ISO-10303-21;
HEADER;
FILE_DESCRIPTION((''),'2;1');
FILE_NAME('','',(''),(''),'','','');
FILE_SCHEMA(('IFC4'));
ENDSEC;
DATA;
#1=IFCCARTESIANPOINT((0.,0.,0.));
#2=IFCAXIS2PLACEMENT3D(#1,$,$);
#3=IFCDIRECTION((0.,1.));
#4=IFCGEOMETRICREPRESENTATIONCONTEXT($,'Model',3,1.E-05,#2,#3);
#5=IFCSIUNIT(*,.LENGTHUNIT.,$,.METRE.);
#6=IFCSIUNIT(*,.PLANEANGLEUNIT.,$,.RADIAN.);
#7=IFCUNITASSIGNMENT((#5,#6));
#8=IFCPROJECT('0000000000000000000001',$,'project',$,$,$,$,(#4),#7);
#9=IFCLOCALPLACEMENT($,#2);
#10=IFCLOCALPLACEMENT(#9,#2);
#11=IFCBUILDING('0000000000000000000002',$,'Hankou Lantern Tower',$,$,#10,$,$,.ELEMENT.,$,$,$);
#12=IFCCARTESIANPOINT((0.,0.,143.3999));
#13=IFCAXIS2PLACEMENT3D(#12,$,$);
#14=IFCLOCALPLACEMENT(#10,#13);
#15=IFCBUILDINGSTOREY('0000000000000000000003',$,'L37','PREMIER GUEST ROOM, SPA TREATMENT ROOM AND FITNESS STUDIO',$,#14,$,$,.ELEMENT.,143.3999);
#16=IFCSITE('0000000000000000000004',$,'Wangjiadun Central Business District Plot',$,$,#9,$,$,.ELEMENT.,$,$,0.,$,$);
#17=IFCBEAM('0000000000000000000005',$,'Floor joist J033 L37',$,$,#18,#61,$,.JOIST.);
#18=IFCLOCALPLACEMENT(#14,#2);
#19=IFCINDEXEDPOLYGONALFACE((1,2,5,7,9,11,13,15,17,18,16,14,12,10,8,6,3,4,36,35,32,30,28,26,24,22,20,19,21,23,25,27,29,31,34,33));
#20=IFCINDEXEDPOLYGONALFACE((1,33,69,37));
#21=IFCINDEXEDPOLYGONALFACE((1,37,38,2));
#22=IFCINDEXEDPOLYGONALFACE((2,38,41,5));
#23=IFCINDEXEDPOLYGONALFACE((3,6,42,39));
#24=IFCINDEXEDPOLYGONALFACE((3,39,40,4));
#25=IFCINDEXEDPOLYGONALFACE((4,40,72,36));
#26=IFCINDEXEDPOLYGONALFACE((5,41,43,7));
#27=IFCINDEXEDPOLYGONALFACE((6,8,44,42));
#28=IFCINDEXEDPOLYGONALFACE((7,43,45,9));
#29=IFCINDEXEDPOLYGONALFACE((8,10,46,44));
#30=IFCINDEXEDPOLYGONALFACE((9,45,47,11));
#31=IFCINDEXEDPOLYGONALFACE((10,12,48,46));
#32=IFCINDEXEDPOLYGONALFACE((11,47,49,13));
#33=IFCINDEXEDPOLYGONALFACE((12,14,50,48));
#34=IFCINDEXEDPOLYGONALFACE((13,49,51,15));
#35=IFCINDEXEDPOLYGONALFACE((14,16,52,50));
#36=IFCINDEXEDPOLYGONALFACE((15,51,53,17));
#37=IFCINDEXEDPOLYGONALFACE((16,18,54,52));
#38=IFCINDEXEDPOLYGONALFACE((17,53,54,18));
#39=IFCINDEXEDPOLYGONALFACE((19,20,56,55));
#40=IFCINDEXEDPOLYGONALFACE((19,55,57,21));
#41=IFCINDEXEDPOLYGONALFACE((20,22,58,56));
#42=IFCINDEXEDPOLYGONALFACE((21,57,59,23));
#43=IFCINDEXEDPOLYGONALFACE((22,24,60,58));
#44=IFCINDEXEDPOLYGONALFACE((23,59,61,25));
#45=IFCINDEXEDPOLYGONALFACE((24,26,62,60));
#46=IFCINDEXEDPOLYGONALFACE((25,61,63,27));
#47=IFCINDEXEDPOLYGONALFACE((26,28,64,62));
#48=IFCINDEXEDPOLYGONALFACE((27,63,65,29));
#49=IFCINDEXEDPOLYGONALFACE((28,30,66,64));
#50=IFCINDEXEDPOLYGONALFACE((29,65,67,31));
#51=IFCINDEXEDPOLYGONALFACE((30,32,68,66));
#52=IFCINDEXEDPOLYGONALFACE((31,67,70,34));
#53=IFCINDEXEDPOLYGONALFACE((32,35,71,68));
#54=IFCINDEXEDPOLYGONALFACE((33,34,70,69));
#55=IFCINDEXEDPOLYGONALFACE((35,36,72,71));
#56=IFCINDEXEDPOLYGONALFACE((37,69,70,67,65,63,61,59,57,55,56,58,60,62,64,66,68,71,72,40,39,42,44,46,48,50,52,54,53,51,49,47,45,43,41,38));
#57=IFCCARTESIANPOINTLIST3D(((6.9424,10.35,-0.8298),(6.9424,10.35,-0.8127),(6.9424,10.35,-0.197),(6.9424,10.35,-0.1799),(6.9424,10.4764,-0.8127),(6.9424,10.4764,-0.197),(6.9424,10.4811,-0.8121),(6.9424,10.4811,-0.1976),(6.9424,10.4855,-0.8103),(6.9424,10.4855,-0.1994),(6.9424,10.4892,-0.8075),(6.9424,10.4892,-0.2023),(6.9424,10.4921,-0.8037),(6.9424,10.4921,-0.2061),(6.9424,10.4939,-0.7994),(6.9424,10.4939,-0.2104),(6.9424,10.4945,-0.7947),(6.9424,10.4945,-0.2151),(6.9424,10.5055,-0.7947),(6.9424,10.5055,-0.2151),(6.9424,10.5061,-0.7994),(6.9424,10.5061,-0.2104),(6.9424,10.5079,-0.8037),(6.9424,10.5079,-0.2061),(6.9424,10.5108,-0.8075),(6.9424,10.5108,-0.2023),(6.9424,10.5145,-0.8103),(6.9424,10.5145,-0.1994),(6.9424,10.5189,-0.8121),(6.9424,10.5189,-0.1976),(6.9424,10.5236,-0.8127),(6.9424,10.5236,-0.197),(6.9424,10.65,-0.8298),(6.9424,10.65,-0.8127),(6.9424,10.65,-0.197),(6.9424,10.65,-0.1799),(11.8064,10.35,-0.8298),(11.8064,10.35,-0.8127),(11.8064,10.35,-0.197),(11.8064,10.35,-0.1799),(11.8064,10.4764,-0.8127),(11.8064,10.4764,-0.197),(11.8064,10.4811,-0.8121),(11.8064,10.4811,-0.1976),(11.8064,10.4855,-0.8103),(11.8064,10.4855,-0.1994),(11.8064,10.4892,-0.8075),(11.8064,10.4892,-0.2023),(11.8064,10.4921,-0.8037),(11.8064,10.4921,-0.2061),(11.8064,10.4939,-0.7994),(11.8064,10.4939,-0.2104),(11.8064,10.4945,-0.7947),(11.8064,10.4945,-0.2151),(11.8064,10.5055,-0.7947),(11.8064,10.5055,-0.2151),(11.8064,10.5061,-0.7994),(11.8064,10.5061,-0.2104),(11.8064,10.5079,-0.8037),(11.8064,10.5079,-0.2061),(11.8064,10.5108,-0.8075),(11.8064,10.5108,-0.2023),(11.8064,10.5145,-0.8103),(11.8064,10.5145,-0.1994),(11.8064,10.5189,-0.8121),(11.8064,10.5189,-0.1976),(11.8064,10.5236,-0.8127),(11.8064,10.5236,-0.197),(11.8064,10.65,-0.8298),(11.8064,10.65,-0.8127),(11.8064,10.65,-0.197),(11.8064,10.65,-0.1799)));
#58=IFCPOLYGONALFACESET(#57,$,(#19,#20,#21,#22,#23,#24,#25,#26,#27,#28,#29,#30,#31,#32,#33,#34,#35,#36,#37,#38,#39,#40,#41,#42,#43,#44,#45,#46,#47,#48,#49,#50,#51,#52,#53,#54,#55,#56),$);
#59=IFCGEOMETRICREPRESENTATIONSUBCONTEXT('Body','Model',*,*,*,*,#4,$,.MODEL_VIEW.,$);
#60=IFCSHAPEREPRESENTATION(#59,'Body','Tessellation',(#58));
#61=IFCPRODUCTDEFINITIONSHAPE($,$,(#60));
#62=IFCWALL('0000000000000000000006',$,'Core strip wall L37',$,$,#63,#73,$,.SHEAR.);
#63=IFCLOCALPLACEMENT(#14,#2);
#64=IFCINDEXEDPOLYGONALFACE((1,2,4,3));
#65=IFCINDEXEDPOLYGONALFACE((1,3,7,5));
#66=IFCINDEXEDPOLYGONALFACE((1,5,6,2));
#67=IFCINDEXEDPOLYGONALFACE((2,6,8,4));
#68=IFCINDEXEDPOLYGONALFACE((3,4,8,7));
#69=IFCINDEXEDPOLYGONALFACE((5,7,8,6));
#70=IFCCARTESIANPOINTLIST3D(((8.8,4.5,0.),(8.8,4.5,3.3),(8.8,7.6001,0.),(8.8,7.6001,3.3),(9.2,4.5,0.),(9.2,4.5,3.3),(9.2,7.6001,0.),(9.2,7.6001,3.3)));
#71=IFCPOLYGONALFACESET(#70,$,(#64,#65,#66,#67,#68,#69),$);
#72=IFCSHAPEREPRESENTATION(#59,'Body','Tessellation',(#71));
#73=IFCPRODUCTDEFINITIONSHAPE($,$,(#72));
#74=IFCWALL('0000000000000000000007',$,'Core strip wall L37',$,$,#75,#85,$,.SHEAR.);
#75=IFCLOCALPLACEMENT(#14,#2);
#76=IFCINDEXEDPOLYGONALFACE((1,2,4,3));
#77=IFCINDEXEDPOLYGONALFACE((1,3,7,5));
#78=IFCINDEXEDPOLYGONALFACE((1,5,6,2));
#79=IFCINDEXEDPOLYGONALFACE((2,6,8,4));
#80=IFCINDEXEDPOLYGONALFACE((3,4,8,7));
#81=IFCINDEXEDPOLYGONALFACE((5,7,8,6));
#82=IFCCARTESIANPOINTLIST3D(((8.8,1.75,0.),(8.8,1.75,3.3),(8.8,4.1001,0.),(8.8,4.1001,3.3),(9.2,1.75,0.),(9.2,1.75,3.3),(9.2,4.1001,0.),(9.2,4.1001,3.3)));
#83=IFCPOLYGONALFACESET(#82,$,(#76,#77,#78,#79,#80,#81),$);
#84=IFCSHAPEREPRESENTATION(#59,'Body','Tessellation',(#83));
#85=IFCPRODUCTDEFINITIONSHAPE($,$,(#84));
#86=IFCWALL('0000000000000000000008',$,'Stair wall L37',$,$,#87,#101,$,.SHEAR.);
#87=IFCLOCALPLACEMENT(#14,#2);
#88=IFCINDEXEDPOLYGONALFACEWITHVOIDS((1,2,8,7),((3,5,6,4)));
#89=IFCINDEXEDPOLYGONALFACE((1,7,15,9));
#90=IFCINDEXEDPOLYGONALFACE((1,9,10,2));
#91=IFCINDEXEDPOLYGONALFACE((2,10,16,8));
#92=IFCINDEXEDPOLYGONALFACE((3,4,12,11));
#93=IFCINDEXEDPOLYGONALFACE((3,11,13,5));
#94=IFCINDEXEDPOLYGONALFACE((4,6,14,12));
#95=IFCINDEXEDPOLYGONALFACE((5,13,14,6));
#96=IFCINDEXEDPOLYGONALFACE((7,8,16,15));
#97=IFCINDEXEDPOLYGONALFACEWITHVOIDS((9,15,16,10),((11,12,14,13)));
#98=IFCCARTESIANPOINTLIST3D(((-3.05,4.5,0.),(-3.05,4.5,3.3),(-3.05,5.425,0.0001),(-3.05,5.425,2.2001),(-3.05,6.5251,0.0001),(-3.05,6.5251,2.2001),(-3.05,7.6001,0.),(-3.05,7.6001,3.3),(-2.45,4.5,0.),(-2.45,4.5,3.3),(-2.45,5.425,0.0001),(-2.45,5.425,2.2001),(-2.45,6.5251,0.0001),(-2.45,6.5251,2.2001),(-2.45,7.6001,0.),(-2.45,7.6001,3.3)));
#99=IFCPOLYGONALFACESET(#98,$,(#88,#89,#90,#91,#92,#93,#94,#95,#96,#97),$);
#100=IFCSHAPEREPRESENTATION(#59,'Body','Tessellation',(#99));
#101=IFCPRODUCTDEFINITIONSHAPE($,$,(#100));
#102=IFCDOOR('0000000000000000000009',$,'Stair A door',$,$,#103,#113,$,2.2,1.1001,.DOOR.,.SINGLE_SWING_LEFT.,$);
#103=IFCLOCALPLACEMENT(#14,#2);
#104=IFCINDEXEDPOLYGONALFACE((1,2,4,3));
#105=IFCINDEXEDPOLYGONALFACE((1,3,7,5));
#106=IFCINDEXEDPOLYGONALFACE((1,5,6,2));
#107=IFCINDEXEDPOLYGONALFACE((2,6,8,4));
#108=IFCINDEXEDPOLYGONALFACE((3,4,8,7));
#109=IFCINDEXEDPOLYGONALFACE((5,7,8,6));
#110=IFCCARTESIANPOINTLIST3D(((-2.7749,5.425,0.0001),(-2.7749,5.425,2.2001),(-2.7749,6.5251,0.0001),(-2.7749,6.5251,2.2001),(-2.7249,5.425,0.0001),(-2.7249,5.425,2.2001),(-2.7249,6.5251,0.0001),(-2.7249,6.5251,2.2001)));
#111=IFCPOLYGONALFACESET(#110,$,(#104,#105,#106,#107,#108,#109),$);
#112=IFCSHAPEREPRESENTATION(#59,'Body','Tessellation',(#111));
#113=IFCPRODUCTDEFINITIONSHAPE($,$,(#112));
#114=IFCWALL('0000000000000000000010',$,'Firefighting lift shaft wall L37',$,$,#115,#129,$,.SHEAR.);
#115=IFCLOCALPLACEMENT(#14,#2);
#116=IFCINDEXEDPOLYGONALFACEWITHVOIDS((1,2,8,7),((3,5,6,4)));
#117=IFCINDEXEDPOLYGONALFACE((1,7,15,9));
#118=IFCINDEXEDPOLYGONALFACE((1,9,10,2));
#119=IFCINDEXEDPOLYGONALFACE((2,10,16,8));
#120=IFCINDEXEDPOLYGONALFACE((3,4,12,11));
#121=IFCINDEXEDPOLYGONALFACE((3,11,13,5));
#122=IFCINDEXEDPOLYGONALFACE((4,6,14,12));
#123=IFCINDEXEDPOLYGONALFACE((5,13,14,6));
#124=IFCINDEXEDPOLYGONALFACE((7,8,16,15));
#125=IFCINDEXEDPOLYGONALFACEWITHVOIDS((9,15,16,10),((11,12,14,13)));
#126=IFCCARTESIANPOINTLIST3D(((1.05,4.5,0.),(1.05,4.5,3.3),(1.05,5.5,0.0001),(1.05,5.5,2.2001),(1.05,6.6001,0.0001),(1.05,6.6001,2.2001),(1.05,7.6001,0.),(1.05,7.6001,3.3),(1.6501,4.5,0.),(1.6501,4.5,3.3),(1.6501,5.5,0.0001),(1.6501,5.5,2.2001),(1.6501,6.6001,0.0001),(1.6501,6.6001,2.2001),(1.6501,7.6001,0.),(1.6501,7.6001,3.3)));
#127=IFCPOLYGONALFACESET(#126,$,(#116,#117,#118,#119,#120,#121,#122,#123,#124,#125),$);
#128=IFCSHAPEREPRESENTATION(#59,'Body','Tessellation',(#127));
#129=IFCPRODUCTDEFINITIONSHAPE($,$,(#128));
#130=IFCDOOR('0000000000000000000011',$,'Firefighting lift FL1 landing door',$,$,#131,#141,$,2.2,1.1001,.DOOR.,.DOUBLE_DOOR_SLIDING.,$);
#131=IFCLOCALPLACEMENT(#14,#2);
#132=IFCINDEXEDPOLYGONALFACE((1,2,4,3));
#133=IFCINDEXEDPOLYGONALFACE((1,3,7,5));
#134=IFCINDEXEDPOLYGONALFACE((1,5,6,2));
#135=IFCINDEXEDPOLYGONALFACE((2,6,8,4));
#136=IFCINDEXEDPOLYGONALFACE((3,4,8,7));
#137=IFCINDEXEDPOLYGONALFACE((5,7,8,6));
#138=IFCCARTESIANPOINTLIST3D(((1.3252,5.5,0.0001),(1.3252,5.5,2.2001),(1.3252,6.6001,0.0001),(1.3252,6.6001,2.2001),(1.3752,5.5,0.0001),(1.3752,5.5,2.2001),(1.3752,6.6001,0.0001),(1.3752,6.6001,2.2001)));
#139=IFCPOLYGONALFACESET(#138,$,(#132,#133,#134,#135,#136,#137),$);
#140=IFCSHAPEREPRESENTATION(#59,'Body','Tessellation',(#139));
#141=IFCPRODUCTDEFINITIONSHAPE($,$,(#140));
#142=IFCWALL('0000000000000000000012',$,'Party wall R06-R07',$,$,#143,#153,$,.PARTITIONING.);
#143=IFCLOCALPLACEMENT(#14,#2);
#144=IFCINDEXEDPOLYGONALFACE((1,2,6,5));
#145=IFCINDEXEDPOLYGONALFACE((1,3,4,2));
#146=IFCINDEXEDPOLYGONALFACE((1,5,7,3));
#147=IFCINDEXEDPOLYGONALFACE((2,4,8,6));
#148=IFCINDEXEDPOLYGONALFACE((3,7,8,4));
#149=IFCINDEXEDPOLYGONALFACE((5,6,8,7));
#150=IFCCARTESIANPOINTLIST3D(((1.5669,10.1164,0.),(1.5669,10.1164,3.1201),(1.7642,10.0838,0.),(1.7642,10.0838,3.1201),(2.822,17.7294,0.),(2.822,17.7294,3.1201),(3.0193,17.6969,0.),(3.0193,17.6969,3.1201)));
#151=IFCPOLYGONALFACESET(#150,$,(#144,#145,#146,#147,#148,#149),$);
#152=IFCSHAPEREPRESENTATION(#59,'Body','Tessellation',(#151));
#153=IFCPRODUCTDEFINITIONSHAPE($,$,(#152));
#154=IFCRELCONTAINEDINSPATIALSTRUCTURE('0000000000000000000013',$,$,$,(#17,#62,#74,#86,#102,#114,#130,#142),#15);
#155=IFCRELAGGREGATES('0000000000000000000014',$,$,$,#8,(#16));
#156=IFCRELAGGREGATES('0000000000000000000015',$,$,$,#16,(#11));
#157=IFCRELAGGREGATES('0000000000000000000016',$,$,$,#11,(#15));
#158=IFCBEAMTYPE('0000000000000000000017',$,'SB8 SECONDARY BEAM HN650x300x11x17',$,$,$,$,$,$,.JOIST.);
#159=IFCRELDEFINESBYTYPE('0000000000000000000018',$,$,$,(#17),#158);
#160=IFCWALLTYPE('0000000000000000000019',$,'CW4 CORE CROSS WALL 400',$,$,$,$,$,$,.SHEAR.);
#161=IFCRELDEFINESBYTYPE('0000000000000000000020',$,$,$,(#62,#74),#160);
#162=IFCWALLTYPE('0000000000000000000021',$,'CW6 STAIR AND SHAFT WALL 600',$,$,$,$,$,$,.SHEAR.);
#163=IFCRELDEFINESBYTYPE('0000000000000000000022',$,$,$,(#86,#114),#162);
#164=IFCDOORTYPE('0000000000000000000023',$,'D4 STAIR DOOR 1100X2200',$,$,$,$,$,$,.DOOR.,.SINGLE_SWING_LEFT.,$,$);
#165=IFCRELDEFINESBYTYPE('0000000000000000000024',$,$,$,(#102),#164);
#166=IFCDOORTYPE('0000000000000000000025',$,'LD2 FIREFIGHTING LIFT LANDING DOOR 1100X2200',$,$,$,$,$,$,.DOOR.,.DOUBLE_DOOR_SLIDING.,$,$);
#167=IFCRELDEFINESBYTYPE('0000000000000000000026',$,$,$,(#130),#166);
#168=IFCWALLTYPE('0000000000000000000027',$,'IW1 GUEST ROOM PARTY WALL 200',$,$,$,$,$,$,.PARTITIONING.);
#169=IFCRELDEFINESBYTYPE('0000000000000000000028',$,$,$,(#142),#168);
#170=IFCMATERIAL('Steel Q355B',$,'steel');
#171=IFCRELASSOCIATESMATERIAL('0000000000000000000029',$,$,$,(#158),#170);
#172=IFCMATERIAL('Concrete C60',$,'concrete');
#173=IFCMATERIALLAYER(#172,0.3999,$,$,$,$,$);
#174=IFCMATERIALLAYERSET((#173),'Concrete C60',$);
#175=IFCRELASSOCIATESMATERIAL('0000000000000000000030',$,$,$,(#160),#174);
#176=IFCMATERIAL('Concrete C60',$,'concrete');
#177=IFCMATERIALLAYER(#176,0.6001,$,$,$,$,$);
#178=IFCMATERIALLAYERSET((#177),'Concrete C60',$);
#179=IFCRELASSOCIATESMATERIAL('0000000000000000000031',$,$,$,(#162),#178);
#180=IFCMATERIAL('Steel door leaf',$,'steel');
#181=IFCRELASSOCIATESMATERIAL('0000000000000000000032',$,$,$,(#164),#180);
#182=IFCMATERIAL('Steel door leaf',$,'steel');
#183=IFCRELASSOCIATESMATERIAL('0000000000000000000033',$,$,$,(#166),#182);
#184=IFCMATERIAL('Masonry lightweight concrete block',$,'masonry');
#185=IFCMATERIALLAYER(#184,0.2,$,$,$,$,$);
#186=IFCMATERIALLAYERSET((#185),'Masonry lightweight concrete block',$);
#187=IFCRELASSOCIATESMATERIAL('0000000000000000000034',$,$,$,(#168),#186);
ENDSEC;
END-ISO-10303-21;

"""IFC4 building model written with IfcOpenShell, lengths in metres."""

from ifc_helpers import new_model, si_unit, direction, frame, frame_2d, origin, origin_2d, place, context, subcontext, project, spatial, rectangle, i_section, extrude, material, layer, layer_set, material_profile, profile_set, type_object, element, fill, save


model = new_model("IFC4")

# Units and contexts
model_context = context("Model", 3, precision=1e-05, world=origin(), true_north=direction((0.0, 1.0)))
body_context = subcontext(model_context, "Body", "Model", "MODEL_VIEW")
ifc_project = project(units=[si_unit("LENGTHUNIT", "METRE"), si_unit("PLANEANGLEUNIT", "RADIAN")], contexts=[model_context])

# Site, building, storey
site_placement = place(None, origin())
site = spatial("IfcSite", under=ifc_project, at=site_placement, Name="Wangjiadun Central Business District Plot", CompositionType="ELEMENT", RefElevation=0.0)
building_placement = place(site_placement, origin())
building = spatial("IfcBuilding", under=site, at=building_placement, Name="Hankou Lantern Tower", CompositionType="ELEMENT")
storey_placement = place(building_placement, frame((0.0, 0.0, 143.3999)))
storey = spatial("IfcBuildingStorey", under=building, at=storey_placement, Name="L37", Description="PREMIER GUEST ROOM, SPA TREATMENT ROOM AND FITNESS STUDIO", CompositionType="ELEMENT", Elevation=143.3999)

# Beam
ifc_material_1 = material(Name="Steel Q355B", Category="steel")
ifc_material_profile_1 = material_profile(ifc_material_1, i_section(OverallWidth=0.3, OverallDepth=0.6499, WebThickness=0.011, FlangeThickness=0.0171, FilletRadius=0.0181, at=origin_2d()), Name="HN650x300x11x17")
ifc_profile_set_1 = profile_set([ifc_material_profile_1], Name="Steel Q355B")
beam_type_1 = type_object("IfcBeamType", Name="SB8 SECONDARY BEAM HN650x300x11x17", PredefinedType="JOIST", material=ifc_profile_set_1)
beam_1_placement = place(storey_placement, frame((6.9424, 10.5, -0.5049), z_axis=(1.0, 0.0, 0.0), x_axis=(0.0, 1.0, 0.0)))
element("IfcBeam", 1, at=beam_1_placement, inside=storey, type_object=beam_type_1, Name="Floor joist J033 L37", PredefinedType="JOIST", context=body_context, shape_type="SweptSolid", body=[
    extrude(i_section(OverallWidth=0.3, OverallDepth=0.6499, WebThickness=0.011, FlangeThickness=0.0171, FilletRadius=0.0181, at=origin_2d()), origin(), (0.0, 0.0, 1.0), 4.864),
])

# Walls
ifc_material_2 = material(Name="Concrete C60", Category="concrete")
ifc_layer_1 = layer(ifc_material_2, 0.3999)
ifc_layer_set_1 = layer_set([ifc_layer_1], Name="Concrete C60")
wall_type_1 = type_object("IfcWallType", Name="CW4 CORE CROSS WALL 400", PredefinedType="SHEAR", material=ifc_layer_set_1)
wall_1_placement = place(storey_placement, frame((9.0, 4.5, 0.0), z_axis=(0.0, 0.0, 1.0), x_axis=(0.0, 1.0, 0.0)))
element("IfcWall", 2, at=wall_1_placement, inside=storey, type_object=wall_type_1, Name="Core strip wall L37", PredefinedType="SHEAR", context=body_context, shape_type="SweptSolid", body=[
    extrude(rectangle(XDim=3.1001, YDim=0.3999, at=frame_2d((1.55, 0.0))), origin(), (0.0, 0.0, 1.0), 3.3),
])
wall_2_placement = place(storey_placement, frame((9.0, 1.75, 0.0), z_axis=(0.0, 0.0, 1.0), x_axis=(0.0, 1.0, 0.0)))
element("IfcWall", 3, at=wall_2_placement, inside=storey, type_object=wall_type_1, Name="Core strip wall L37", PredefinedType="SHEAR", context=body_context, shape_type="SweptSolid", body=[
    extrude(rectangle(XDim=2.3501, YDim=0.3999, at=frame_2d((1.175, 0.0))), origin(), (0.0, 0.0, 1.0), 3.3),
])

# Walls, openings, doors
ifc_material_3 = material(Name="Concrete C60", Category="concrete")
ifc_layer_2 = layer(ifc_material_3, 0.6001)
ifc_layer_set_2 = layer_set([ifc_layer_2], Name="Concrete C60")
wall_type_2 = type_object("IfcWallType", Name="CW6 STAIR AND SHAFT WALL 600", PredefinedType="SHEAR", material=ifc_layer_set_2)
wall_3_placement = place(storey_placement, frame((-2.75, 4.5, 0.0), z_axis=(0.0, 0.0, 1.0), x_axis=(0.0, 1.0, 0.0)))
wall_3 = element("IfcWall", 4, at=wall_3_placement, inside=storey, type_object=wall_type_2, Name="Stair wall L37", PredefinedType="SHEAR", context=body_context, shape_type="SweptSolid", body=[
    extrude(rectangle(XDim=3.1001, YDim=0.6001, at=frame_2d((1.55, 0.0))), origin(), (0.0, 0.0, 1.0), 3.3),
])
opening_1_placement = place(wall_3_placement, frame((0.925, 0.0, 0.0)))
opening_1 = element("IfcOpeningElement", 5, at=opening_1_placement, cuts=wall_3, PredefinedType="OPENING", context=body_context, shape_type="SweptSolid", body=[
    extrude(rectangle(XDim=1.1001, YDim=2.2, at=frame_2d((0.55, 1.1001))), frame((0.0, 0.3101, 0.0), z_axis=(0.0, -1.0, 0.0), x_axis=(1.0, 0.0, 0.0)), (0.0, 0.0, 1.0), 0.6201),
])
ifc_material_4 = material(Name="Steel door leaf", Category="steel")
door_type_1 = type_object("IfcDoorType", Name="D4 STAIR DOOR 1100X2200", OperationType="SINGLE_SWING_LEFT", PredefinedType="DOOR", material=ifc_material_4)
door_1_placement = place(opening_1_placement, origin())
door_1 = element("IfcDoor", 6, at=door_1_placement, inside=storey, type_object=door_type_1, Name="Stair A door", OperationType="SINGLE_SWING_LEFT", OverallHeight=2.2, OverallWidth=1.1001, PredefinedType="DOOR", context=body_context, shape_type="SweptSolid", body=[
    extrude(rectangle(XDim=1.1001, YDim=2.2, at=frame_2d((0.55, 1.1001))), frame((0.0, 0.0249, 0.0), z_axis=(0.0, -1.0, 0.0), x_axis=(1.0, 0.0, 0.0)), (0.0, 0.0, 1.0), 0.05),
])
fill(opening_1, door_1)
wall_4_placement = place(storey_placement, frame((1.3501, 4.5, 0.0), z_axis=(0.0, 0.0, 1.0), x_axis=(0.0, 1.0, 0.0)))
wall_4 = element("IfcWall", 7, at=wall_4_placement, inside=storey, type_object=wall_type_2, Name="Firefighting lift shaft wall L37", PredefinedType="SHEAR", context=body_context, shape_type="SweptSolid", body=[
    extrude(rectangle(XDim=3.1001, YDim=0.6001, at=frame_2d((1.55, 0.0))), origin(), (0.0, 0.0, 1.0), 3.3),
])
opening_2_placement = place(wall_4_placement, frame((1.0, 0.0, 0.0)))
opening_2 = element("IfcOpeningElement", 8, at=opening_2_placement, cuts=wall_4, PredefinedType="OPENING", context=body_context, shape_type="SweptSolid", body=[
    extrude(rectangle(XDim=1.1001, YDim=2.2, at=frame_2d((0.55, 1.1001))), frame((0.0, 0.3101, 0.0), z_axis=(0.0, -1.0, 0.0), x_axis=(1.0, 0.0, 0.0)), (0.0, 0.0, 1.0), 0.6201),
])
ifc_material_5 = material(Name="Steel door leaf", Category="steel")
door_type_2 = type_object("IfcDoorType", Name="LD2 FIREFIGHTING LIFT LANDING DOOR 1100X2200", OperationType="DOUBLE_DOOR_SLIDING", PredefinedType="DOOR", material=ifc_material_5)
door_2_placement = place(opening_2_placement, origin())
door_2 = element("IfcDoor", 9, at=door_2_placement, inside=storey, type_object=door_type_2, Name="Firefighting lift FL1 landing door", OperationType="DOUBLE_DOOR_SLIDING", OverallHeight=2.2, OverallWidth=1.1001, PredefinedType="DOOR", context=body_context, shape_type="SweptSolid", body=[
    extrude(rectangle(XDim=1.1001, YDim=2.2, at=frame_2d((0.55, 1.1001))), frame((0.0, 0.0249, 0.0), z_axis=(0.0, -1.0, 0.0), x_axis=(1.0, 0.0, 0.0)), (0.0, 0.0, 1.0), 0.05),
])
fill(opening_2, door_2)

# Wall
ifc_material_6 = material(Name="Masonry lightweight concrete block", Category="masonry")
ifc_layer_3 = layer(ifc_material_6, 0.2)
ifc_layer_set_3 = layer_set([ifc_layer_3], Name="Masonry lightweight concrete block")
wall_type_3 = type_object("IfcWallType", Name="IW1 GUEST ROOM PARTY WALL 200", PredefinedType="PARTITIONING", material=ifc_layer_set_3)
wall_5_placement = place(storey_placement, frame((1.6655, 10.1001, 0.0), z_axis=(0.0, 0.0, 1.0), x_axis=(0.16267, 0.986681, 0.0)))
element("IfcWall", 10, at=wall_5_placement, inside=storey, type_object=wall_type_3, Name="Party wall R06-R07", PredefinedType="PARTITIONING", context=body_context, shape_type="SweptSolid", body=[
    extrude(rectangle(XDim=7.7158, YDim=0.2, at=frame_2d((3.8579, 0.0))), origin(), (0.0, 0.0, 1.0), 3.1201),
])

save(model, "model.ifc")
